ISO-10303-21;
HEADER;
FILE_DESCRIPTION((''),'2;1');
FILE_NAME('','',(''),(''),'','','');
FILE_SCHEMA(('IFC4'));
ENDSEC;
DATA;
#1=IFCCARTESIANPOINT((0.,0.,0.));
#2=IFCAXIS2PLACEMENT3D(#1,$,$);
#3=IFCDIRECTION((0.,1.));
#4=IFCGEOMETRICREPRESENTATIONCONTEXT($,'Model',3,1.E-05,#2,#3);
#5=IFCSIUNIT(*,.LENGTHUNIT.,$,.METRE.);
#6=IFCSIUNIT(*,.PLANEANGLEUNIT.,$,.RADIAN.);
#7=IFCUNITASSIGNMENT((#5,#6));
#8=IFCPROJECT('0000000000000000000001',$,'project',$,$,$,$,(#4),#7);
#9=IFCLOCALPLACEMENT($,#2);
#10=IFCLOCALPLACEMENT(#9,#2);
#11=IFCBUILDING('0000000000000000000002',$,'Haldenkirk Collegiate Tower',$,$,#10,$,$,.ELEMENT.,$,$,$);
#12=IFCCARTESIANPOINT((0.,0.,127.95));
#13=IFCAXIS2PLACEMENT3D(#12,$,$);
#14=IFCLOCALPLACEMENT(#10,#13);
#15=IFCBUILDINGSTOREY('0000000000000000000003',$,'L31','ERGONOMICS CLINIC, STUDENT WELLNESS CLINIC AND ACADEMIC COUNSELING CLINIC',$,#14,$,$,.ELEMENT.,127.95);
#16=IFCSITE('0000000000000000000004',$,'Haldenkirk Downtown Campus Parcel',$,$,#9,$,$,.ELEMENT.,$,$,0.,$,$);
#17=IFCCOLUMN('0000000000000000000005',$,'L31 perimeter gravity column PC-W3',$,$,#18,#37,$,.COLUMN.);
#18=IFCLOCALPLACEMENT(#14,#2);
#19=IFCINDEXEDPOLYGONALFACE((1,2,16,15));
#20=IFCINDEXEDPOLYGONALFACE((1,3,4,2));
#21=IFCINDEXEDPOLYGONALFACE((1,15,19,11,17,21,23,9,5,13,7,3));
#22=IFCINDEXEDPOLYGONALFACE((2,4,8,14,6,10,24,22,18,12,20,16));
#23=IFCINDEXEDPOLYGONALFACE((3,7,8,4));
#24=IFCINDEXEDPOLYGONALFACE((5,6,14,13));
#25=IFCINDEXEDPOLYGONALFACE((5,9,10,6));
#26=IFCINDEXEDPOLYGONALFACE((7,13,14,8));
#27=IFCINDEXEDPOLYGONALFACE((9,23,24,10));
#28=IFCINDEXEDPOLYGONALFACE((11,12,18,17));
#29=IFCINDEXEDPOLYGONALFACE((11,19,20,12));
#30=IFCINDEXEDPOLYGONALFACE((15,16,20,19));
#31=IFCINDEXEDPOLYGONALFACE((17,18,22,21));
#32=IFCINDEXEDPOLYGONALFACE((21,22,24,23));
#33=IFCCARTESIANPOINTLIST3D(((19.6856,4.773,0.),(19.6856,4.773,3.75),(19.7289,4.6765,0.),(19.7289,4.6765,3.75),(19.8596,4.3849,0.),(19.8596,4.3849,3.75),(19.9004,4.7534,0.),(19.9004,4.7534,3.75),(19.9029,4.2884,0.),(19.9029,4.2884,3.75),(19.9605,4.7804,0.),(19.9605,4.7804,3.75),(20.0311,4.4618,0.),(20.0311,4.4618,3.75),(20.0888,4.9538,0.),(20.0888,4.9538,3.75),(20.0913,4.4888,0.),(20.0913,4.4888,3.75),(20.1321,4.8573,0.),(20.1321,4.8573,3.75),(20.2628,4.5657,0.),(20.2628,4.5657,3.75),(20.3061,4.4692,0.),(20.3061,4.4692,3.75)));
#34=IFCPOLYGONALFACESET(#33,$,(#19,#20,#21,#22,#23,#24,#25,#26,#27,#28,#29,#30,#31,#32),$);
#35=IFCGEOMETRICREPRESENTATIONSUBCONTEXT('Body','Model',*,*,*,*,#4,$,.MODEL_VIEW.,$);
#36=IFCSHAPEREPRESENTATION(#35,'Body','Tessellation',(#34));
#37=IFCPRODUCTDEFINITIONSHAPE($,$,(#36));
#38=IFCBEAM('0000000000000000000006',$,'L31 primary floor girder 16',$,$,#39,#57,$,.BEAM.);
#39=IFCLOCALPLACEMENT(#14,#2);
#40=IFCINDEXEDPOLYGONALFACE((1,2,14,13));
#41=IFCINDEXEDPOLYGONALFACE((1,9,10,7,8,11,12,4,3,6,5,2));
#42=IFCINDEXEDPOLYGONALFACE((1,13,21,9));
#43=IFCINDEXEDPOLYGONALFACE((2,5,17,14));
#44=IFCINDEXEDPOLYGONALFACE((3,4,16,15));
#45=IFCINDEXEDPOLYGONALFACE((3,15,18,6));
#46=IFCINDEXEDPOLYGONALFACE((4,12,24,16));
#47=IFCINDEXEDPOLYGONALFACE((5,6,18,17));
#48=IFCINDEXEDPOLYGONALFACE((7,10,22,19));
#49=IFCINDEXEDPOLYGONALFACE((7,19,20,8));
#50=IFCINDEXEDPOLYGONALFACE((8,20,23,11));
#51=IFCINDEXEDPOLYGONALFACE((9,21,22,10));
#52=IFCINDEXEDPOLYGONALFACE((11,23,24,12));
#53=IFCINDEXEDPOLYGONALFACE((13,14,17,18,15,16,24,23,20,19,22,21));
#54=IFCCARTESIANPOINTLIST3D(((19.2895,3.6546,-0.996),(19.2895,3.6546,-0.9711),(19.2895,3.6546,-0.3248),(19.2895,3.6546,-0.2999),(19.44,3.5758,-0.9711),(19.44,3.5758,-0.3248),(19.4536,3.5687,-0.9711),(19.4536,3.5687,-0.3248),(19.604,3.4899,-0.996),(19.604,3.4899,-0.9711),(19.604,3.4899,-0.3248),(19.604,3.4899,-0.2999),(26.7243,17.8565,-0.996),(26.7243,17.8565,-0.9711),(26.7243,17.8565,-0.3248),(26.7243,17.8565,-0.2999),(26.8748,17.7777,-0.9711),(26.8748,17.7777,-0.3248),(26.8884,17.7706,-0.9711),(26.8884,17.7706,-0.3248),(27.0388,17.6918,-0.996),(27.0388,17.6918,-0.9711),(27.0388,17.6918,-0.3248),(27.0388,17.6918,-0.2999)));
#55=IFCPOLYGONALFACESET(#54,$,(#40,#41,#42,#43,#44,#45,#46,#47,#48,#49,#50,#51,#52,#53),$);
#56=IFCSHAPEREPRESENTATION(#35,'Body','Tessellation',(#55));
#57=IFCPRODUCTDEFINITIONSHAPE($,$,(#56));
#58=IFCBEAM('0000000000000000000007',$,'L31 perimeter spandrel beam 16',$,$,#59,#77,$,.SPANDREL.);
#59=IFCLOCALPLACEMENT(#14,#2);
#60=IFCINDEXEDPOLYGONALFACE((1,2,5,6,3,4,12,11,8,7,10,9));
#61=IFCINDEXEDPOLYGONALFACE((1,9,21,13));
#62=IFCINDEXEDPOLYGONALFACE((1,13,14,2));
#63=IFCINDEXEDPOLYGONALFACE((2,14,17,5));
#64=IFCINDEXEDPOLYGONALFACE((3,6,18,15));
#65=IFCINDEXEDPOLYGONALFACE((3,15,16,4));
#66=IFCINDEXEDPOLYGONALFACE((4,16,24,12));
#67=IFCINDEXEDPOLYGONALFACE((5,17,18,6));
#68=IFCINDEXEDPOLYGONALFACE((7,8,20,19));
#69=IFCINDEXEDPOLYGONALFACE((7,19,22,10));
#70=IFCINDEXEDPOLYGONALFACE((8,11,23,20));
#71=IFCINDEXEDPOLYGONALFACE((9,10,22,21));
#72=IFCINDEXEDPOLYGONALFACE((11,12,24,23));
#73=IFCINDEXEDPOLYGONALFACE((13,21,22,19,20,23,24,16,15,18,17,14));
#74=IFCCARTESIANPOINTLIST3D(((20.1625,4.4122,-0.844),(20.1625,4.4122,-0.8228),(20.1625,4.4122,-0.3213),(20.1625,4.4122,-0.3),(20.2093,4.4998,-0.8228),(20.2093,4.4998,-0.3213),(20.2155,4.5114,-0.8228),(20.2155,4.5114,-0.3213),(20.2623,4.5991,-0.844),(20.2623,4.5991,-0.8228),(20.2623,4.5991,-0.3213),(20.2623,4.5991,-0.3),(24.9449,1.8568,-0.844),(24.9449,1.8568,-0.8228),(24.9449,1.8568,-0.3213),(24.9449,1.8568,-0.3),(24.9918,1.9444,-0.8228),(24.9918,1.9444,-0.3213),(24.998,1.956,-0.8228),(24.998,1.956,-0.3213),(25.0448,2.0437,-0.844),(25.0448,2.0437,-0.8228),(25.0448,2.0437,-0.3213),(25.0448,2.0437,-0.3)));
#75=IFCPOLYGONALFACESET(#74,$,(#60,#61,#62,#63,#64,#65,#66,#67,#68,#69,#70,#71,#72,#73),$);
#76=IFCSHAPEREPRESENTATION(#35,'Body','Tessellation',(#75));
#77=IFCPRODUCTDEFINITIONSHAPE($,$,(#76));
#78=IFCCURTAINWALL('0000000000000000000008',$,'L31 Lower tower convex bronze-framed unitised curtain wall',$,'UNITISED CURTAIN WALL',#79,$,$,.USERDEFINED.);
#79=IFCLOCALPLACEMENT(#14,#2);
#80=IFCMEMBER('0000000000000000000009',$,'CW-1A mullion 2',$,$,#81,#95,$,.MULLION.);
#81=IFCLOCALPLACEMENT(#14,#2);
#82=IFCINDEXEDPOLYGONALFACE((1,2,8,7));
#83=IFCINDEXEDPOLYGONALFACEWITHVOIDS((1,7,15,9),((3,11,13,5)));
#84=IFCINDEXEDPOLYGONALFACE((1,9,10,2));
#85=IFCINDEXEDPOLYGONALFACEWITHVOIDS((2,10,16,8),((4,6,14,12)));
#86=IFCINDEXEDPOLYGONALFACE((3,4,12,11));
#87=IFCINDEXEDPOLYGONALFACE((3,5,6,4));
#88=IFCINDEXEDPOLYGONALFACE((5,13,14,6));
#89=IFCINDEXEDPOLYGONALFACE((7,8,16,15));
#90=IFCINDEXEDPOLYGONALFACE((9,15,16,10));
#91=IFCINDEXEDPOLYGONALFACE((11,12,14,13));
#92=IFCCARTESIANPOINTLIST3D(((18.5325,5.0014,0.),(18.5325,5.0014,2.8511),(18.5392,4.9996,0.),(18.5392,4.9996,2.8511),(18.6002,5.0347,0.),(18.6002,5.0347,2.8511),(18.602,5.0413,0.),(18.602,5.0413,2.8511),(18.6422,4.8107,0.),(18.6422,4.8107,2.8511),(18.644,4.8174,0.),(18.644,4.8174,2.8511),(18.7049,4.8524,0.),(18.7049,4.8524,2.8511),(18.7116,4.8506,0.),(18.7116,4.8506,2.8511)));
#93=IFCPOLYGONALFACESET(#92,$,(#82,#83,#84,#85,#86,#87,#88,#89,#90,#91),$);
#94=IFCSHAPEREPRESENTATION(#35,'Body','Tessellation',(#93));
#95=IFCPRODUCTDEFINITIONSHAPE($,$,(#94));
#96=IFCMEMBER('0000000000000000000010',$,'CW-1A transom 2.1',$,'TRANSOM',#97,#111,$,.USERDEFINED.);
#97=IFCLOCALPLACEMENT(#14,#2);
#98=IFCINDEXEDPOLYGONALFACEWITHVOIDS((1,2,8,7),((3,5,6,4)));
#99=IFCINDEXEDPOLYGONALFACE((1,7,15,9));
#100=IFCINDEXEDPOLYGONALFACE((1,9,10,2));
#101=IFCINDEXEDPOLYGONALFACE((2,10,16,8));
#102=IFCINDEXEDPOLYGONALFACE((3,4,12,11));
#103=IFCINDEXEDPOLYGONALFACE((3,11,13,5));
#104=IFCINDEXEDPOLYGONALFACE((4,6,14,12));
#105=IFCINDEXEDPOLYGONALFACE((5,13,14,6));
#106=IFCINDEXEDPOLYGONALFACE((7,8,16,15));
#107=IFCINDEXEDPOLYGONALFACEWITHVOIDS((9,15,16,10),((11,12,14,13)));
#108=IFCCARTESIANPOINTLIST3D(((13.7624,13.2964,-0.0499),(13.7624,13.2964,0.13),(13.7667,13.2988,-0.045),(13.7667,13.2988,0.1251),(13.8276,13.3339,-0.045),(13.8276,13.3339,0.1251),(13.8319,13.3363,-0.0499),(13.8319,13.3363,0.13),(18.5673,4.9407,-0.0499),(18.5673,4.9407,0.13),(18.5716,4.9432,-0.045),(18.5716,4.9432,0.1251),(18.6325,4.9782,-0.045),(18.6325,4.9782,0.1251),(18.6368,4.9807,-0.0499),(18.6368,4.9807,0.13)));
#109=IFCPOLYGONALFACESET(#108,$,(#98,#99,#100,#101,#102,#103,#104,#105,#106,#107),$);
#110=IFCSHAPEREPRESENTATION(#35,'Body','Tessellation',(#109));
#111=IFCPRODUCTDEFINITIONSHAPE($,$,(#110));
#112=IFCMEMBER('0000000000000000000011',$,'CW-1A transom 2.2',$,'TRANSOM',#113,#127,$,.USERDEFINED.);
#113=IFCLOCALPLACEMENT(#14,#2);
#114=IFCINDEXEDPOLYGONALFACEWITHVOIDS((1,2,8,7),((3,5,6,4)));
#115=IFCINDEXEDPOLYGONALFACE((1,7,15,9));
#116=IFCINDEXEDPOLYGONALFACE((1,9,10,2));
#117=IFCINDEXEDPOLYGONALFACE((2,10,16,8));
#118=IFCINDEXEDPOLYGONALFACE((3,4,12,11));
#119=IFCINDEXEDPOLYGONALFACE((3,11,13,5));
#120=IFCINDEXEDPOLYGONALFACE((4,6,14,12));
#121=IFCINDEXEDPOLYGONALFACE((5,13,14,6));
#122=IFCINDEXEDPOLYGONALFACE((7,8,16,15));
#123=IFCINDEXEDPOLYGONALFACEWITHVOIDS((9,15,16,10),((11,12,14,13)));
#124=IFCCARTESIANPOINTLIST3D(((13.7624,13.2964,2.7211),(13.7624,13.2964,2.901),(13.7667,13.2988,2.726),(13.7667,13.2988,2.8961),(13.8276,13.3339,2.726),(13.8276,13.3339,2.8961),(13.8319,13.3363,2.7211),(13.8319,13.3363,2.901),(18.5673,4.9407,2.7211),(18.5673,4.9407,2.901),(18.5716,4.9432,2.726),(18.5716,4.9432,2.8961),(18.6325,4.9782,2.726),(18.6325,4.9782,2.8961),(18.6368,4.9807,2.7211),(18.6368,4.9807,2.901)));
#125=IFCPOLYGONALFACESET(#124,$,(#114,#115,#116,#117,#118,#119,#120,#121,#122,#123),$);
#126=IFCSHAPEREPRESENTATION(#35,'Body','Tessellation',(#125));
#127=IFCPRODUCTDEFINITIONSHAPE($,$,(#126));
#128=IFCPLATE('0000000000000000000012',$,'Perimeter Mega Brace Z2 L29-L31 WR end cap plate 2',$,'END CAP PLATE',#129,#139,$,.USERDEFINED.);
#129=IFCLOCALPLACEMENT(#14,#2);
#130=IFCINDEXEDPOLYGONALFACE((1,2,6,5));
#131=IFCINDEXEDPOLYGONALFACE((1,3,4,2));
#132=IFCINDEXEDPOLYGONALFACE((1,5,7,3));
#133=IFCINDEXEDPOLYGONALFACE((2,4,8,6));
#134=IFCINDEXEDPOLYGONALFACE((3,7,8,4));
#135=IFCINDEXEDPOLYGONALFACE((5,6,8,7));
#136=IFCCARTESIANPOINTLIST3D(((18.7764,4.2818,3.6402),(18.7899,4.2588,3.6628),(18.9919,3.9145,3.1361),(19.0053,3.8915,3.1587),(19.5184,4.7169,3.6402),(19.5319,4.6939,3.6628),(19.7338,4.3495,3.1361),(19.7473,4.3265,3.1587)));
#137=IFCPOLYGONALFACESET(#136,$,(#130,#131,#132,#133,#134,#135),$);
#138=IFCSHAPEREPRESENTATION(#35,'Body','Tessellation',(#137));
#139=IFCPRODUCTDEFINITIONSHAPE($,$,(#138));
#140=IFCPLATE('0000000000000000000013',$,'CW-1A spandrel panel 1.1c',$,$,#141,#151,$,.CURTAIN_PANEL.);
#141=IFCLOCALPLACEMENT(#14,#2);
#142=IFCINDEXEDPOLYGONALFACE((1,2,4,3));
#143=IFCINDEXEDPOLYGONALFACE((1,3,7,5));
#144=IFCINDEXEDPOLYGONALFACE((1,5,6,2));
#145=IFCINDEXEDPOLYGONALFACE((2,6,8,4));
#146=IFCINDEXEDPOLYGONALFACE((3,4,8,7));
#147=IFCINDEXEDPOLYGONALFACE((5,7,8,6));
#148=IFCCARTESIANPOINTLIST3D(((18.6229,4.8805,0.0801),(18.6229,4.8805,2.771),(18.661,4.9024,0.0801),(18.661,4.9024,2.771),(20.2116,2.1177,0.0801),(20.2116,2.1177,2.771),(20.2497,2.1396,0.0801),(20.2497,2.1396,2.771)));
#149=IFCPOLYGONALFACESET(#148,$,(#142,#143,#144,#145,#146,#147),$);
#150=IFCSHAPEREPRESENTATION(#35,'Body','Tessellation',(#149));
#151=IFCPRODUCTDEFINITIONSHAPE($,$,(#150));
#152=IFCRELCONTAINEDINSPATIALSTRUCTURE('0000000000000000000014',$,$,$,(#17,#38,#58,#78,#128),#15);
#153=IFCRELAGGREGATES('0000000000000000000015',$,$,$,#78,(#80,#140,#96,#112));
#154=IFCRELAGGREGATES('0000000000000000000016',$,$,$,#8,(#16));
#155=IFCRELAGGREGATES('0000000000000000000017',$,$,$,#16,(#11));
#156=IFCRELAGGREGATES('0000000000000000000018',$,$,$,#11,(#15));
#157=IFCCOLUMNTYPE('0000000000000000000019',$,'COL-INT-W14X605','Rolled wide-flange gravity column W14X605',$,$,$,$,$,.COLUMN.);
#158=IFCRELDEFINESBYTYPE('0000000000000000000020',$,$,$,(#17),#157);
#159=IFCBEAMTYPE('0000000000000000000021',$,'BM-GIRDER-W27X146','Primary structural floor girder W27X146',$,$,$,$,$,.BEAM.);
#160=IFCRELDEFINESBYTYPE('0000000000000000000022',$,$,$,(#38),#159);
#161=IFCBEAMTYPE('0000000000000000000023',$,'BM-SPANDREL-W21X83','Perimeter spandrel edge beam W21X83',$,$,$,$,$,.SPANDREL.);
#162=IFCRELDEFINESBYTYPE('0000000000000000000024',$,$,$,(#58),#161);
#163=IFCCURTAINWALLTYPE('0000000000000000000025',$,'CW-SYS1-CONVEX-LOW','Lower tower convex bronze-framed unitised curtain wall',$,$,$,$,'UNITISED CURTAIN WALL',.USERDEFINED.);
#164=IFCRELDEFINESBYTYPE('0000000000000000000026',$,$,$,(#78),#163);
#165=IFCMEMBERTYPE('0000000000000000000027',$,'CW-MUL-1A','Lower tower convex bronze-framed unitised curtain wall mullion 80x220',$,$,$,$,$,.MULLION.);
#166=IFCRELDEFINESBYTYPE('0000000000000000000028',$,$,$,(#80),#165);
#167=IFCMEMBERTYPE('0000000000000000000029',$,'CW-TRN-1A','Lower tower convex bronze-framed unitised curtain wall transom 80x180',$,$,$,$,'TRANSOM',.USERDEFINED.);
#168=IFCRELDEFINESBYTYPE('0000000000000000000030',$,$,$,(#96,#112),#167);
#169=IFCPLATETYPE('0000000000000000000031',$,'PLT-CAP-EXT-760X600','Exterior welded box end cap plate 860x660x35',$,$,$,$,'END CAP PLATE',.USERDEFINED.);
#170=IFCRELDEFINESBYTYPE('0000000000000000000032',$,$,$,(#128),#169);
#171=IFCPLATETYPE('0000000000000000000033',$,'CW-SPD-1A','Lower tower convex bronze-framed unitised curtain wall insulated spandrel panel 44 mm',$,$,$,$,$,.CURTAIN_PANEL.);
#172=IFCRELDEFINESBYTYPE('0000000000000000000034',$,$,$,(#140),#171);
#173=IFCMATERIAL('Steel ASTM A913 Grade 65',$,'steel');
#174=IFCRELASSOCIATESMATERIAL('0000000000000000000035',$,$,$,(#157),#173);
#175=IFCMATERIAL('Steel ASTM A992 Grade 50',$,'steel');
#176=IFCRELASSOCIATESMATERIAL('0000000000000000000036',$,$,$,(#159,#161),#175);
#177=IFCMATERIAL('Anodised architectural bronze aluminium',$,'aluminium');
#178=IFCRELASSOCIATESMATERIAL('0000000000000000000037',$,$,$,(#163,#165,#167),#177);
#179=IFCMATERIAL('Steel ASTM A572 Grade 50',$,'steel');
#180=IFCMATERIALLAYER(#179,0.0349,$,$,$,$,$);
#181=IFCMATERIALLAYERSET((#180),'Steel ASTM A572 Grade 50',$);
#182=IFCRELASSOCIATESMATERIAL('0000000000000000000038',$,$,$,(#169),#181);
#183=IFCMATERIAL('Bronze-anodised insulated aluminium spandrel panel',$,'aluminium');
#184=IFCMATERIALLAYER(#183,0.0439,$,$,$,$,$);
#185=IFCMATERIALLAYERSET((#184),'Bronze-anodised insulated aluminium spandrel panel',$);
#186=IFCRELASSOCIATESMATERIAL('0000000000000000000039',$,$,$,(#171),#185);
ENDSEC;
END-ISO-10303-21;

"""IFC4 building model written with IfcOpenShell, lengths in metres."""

from ifc_helpers import new_model, si_unit, direction, frame, origin, origin_2d, place, context, subcontext, project, spatial, rectangle, hollow_rectangle, i_section, extrude, source, transform, mapped, material, layer, layer_set, material_profile, profile_set, type_object, element, aggregate, save


model = new_model("IFC4")

# Units and contexts
model_context = context("Model", 3, precision=1e-05, world=origin(), true_north=direction((0.0, 1.0)))
body_context = subcontext(model_context, "Body", "Model", "MODEL_VIEW")
ifc_project = project(units=[si_unit("LENGTHUNIT", "METRE"), si_unit("PLANEANGLEUNIT", "RADIAN")], contexts=[model_context])

# Site, building, storey
site_placement = place(None, origin())
site = spatial("IfcSite", under=ifc_project, at=site_placement, Name="Haldenkirk Downtown Campus Parcel", CompositionType="ELEMENT", RefElevation=0.0)
building_placement = place(site_placement, origin())
building = spatial("IfcBuilding", under=site, at=building_placement, Name="Haldenkirk Collegiate Tower", CompositionType="ELEMENT")
storey_placement = place(building_placement, frame((0.0, 0.0, 127.95)))
storey = spatial("IfcBuildingStorey", under=building, at=storey_placement, Name="L31", Description="ERGONOMICS CLINIC, STUDENT WELLNESS CLINIC AND ACADEMIC COUNSELING CLINIC", CompositionType="ELEMENT", Elevation=127.95)

# Column
ifc_material_1 = material(Name="Steel ASTM A913 Grade 65", Category="steel")
ifc_material_profile_1 = material_profile(ifc_material_1, i_section(OverallWidth=0.4419, OverallDepth=0.531, WebThickness=0.0659, FlangeThickness=0.1057, at=origin_2d()), Name="W14X605")
ifc_profile_set_1 = profile_set([ifc_material_profile_1], Name="Steel ASTM A913 Grade 65")
column_type = type_object("IfcColumnType", Name="COL-INT-W14X605", Description="Rolled wide-flange gravity column W14X605", PredefinedType="COLUMN", material=ifc_profile_set_1)
column_placement = place(storey_placement, frame((19.9958, 4.6211, 0.0), z_axis=(0.0, 0.0, 1.0), x_axis=(0.912477, 0.409127, 0.0)))
element("IfcColumn", 1, at=column_placement, inside=storey, type_object=column_type, Name="L31 perimeter gravity column PC-W3", PredefinedType="COLUMN", context=body_context, shape_type="SweptSolid", body=[
    extrude(i_section(OverallWidth=0.4419, OverallDepth=0.531, WebThickness=0.0659, FlangeThickness=0.1057, at=origin_2d()), origin(), (0.0, 0.0, 1.0), 3.75),
])

# Beams
ifc_material_2 = material(Name="Steel ASTM A992 Grade 50", Category="steel")
ifc_material_profile_2 = material_profile(ifc_material_2, i_section(OverallWidth=0.355, OverallDepth=0.696, WebThickness=0.0154, FlangeThickness=0.0249, at=origin_2d()), Name="W27X146")
ifc_profile_set_2 = profile_set([ifc_material_profile_2], Name="Steel ASTM A992 Grade 50")
beam_type_1 = type_object("IfcBeamType", Name="BM-GIRDER-W27X146", Description="Primary structural floor girder W27X146", PredefinedType="BEAM", material=ifc_profile_set_2)
beam_1_placement = place(storey_placement, frame((19.4468, 3.5723, -0.6479), z_axis=(0.463798, 0.885941, 0.0), x_axis=(-0.885941, 0.463798, 0.0)))
element("IfcBeam", 2, at=beam_1_placement, inside=storey, type_object=beam_type_1, Name="L31 primary floor girder 16", PredefinedType="BEAM", context=body_context, shape_type="SweptSolid", body=[
    extrude(i_section(OverallWidth=0.355, OverallDepth=0.696, WebThickness=0.0154, FlangeThickness=0.0249, at=origin_2d()), origin(), (0.0, 0.0, 1.0), 16.0303),
])
ifc_material_profile_3 = material_profile(ifc_material_2, i_section(OverallWidth=0.2119, OverallDepth=0.5439, WebThickness=0.0132, FlangeThickness=0.0212, at=origin_2d()), Name="W21X83")
ifc_profile_set_3 = profile_set([ifc_material_profile_3], Name="Steel ASTM A992 Grade 50")
beam_type_2 = type_object("IfcBeamType", Name="BM-SPANDREL-W21X83", Description="Perimeter spandrel edge beam W21X83", PredefinedType="SPANDREL", material=ifc_profile_set_3)
beam_2_placement = place(storey_placement, frame((20.2124, 4.5056, -0.572), z_axis=(0.881987, -0.471273, 0.0), x_axis=(0.471273, 0.881987, 0.0)))
element("IfcBeam", 3, at=beam_2_placement, inside=storey, type_object=beam_type_2, Name="L31 perimeter spandrel beam 16", PredefinedType="SPANDREL", context=body_context, shape_type="SweptSolid", body=[
    extrude(i_section(OverallWidth=0.2119, OverallDepth=0.5439, WebThickness=0.0132, FlangeThickness=0.0212, at=origin_2d()), origin(), (0.0, 0.0, 1.0), 5.4224),
])

# Curtain wall, members
ifc_material_3 = material(Name="Anodised architectural bronze aluminium", Category="aluminium")
curtain_wall_type = type_object("IfcCurtainWallType", Name="CW-SYS1-CONVEX-LOW", Description="Lower tower convex bronze-framed unitised curtain wall", ElementType="UNITISED CURTAIN WALL", PredefinedType="USERDEFINED", material=ifc_material_3)
curtain_wall_placement = place(storey_placement, origin())
curtain_wall = element("IfcCurtainWall", 4, at=curtain_wall_placement, inside=storey, type_object=curtain_wall_type, Name="L31 Lower tower convex bronze-framed unitised curtain wall", ObjectType="UNITISED CURTAIN WALL", PredefinedType="USERDEFINED")
ifc_material_profile_4 = material_profile(ifc_material_3, hollow_rectangle(XDim=0.0801, YDim=0.22, WallThickness=0.0049, at=origin_2d()), Name="CW-MUL-1A")
ifc_profile_set_4 = profile_set([ifc_material_profile_4], Name="Anodised architectural bronze aluminium")
member_type_1 = type_object("IfcMemberType", Name="CW-MUL-1A", Description="Lower tower convex bronze-framed unitised curtain wall mullion 80x220", PredefinedType="MULLION", material=ifc_profile_set_4)
member_1_placement = place(storey_placement, frame((18.6221, 4.926, 0.0), z_axis=(0.0, 0.0, 1.0), x_axis=(-0.866896, -0.49849, 0.0)))
member_1 = element("IfcMember", 5, at=member_1_placement, type_object=member_type_1, Name="CW-1A mullion 2", PredefinedType="MULLION", context=body_context, shape_type="SweptSolid", body=[
    extrude(hollow_rectangle(XDim=0.0801, YDim=0.22, WallThickness=0.0049, at=origin_2d()), origin(), (0.0, 0.0, 1.0), 2.8511),
])
ifc_material_profile_5 = material_profile(ifc_material_3, hollow_rectangle(XDim=0.0801, YDim=0.1799, WallThickness=0.0049, at=origin_2d()), Name="CW-TRN-1A")
ifc_profile_set_5 = profile_set([ifc_material_profile_5], Name="Anodised architectural bronze aluminium")
member_type_2 = type_object("IfcMemberType", Name="CW-TRN-1A", Description="Lower tower convex bronze-framed unitised curtain wall transom 80x180", ElementType="TRANSOM", PredefinedType="USERDEFINED", material=ifc_profile_set_5)
member_2_placement = place(storey_placement, frame((18.6021, 4.9607, 0.04), z_axis=(-0.498502, 0.866889, 0.0), x_axis=(-0.866889, -0.498502, 0.0)))
member_2 = element("IfcMember", 6, at=member_2_placement, type_object=member_type_2, Name="CW-1A transom 2.1", ObjectType="TRANSOM", PredefinedType="USERDEFINED", context=body_context, shape_type="SweptSolid", body=[
    extrude(hollow_rectangle(XDim=0.0801, YDim=0.1799, WallThickness=0.0049, at=origin_2d()), origin(), (0.0, 0.0, 1.0), 9.6387),
])
member_3_placement = place(storey_placement, frame((18.6021, 4.9607, 2.811), z_axis=(-0.498502, 0.866889, 0.0), x_axis=(-0.866889, -0.498502, 0.0)))
member_3 = element("IfcMember", 7, at=member_3_placement, type_object=member_type_2, Name="CW-1A transom 2.2", ObjectType="TRANSOM", PredefinedType="USERDEFINED", context=body_context, shape_type="SweptSolid", body=[
    extrude(hollow_rectangle(XDim=0.0801, YDim=0.1799, WallThickness=0.0049, at=origin_2d()), origin(), (0.0, 0.0, 1.0), 9.6387),
])

# Plates
ifc_material_4 = material(Name="Steel ASTM A572 Grade 50", Category="steel")
ifc_layer_1 = layer(ifc_material_4, 0.0349)
ifc_layer_set_1 = layer_set([ifc_layer_1], Name="Steel ASTM A572 Grade 50")
plate_type_1 = type_object("IfcPlateType", Name="PLT-CAP-EXT-760X600", Description="Exterior welded box end cap plate 860x660x35", ElementType="END CAP PLATE", PredefinedType="USERDEFINED", material=ifc_layer_set_1)
shared_shape_1 = source(origin(), body_context, "Body", "SweptSolid", [
    extrude(rectangle(XDim=0.8601, YDim=0.6599, at=origin_2d()), origin(), (0.0, 0.0, 1.0), 0.0349),
])
plate_1_placement = place(storey_placement, frame((19.2551, 4.3157, 3.3882), z_axis=(0.386423, -0.658983, 0.645305), x_axis=(0.862628, 0.505839, 0.0)))
element("IfcPlate", 8, at=plate_1_placement, inside=storey, type_object=plate_type_1, Name="Perimeter Mega Brace Z2 L29-L31 WR end cap plate 2", ObjectType="END CAP PLATE", PredefinedType="USERDEFINED", context=body_context, shape_type="MappedRepresentation", body=[
    mapped(shared_shape_1, transform((0.0, 0.0, 0.0), x_axis=(1.0, 0.0, 0.0), y_axis=(0.0, 1.0, 0.0), z_axis=(0.0, 0.0, 1.0), scale=1.0)),
])
ifc_material_5 = material(Name="Bronze-anodised insulated aluminium spandrel panel", Category="aluminium")
ifc_layer_2 = layer(ifc_material_5, 0.0439)
ifc_layer_set_2 = layer_set([ifc_layer_2], Name="Bronze-anodised insulated aluminium spandrel panel")
plate_type_2 = type_object("IfcPlateType", Name="CW-SPD-1A", Description="Lower tower convex bronze-framed unitised curtain wall insulated spandrel panel 44 mm", PredefinedType="CURTAIN_PANEL", material=ifc_layer_set_2)
shared_shape_2 = source(origin(), body_context, "Body", "SweptSolid", [
    extrude(rectangle(XDim=3.187, YDim=0.0439, at=origin_2d()), origin(), (0.0, 0.0, 1.0), 2.6909),
])
plate_2_placement = place(storey_placement, frame((19.4363, 3.51, 0.0801), z_axis=(0.0, 0.0, 1.0), x_axis=(-0.49849, 0.866896, 0.0)))
plate_2 = element("IfcPlate", 9, at=plate_2_placement, type_object=plate_type_2, Name="CW-1A spandrel panel 1.1c", PredefinedType="CURTAIN_PANEL", context=body_context, shape_type="MappedRepresentation", body=[
    mapped(shared_shape_2, transform((0.0, 0.0, 0.0), x_axis=(1.0, 0.0, 0.0), y_axis=(0.0, 1.0, 0.0), z_axis=(0.0, 0.0, 1.0), scale=1.0)),
])
aggregate(curtain_wall, [member_1, plate_2, member_2, member_3])

save(model, "model.ifc")
